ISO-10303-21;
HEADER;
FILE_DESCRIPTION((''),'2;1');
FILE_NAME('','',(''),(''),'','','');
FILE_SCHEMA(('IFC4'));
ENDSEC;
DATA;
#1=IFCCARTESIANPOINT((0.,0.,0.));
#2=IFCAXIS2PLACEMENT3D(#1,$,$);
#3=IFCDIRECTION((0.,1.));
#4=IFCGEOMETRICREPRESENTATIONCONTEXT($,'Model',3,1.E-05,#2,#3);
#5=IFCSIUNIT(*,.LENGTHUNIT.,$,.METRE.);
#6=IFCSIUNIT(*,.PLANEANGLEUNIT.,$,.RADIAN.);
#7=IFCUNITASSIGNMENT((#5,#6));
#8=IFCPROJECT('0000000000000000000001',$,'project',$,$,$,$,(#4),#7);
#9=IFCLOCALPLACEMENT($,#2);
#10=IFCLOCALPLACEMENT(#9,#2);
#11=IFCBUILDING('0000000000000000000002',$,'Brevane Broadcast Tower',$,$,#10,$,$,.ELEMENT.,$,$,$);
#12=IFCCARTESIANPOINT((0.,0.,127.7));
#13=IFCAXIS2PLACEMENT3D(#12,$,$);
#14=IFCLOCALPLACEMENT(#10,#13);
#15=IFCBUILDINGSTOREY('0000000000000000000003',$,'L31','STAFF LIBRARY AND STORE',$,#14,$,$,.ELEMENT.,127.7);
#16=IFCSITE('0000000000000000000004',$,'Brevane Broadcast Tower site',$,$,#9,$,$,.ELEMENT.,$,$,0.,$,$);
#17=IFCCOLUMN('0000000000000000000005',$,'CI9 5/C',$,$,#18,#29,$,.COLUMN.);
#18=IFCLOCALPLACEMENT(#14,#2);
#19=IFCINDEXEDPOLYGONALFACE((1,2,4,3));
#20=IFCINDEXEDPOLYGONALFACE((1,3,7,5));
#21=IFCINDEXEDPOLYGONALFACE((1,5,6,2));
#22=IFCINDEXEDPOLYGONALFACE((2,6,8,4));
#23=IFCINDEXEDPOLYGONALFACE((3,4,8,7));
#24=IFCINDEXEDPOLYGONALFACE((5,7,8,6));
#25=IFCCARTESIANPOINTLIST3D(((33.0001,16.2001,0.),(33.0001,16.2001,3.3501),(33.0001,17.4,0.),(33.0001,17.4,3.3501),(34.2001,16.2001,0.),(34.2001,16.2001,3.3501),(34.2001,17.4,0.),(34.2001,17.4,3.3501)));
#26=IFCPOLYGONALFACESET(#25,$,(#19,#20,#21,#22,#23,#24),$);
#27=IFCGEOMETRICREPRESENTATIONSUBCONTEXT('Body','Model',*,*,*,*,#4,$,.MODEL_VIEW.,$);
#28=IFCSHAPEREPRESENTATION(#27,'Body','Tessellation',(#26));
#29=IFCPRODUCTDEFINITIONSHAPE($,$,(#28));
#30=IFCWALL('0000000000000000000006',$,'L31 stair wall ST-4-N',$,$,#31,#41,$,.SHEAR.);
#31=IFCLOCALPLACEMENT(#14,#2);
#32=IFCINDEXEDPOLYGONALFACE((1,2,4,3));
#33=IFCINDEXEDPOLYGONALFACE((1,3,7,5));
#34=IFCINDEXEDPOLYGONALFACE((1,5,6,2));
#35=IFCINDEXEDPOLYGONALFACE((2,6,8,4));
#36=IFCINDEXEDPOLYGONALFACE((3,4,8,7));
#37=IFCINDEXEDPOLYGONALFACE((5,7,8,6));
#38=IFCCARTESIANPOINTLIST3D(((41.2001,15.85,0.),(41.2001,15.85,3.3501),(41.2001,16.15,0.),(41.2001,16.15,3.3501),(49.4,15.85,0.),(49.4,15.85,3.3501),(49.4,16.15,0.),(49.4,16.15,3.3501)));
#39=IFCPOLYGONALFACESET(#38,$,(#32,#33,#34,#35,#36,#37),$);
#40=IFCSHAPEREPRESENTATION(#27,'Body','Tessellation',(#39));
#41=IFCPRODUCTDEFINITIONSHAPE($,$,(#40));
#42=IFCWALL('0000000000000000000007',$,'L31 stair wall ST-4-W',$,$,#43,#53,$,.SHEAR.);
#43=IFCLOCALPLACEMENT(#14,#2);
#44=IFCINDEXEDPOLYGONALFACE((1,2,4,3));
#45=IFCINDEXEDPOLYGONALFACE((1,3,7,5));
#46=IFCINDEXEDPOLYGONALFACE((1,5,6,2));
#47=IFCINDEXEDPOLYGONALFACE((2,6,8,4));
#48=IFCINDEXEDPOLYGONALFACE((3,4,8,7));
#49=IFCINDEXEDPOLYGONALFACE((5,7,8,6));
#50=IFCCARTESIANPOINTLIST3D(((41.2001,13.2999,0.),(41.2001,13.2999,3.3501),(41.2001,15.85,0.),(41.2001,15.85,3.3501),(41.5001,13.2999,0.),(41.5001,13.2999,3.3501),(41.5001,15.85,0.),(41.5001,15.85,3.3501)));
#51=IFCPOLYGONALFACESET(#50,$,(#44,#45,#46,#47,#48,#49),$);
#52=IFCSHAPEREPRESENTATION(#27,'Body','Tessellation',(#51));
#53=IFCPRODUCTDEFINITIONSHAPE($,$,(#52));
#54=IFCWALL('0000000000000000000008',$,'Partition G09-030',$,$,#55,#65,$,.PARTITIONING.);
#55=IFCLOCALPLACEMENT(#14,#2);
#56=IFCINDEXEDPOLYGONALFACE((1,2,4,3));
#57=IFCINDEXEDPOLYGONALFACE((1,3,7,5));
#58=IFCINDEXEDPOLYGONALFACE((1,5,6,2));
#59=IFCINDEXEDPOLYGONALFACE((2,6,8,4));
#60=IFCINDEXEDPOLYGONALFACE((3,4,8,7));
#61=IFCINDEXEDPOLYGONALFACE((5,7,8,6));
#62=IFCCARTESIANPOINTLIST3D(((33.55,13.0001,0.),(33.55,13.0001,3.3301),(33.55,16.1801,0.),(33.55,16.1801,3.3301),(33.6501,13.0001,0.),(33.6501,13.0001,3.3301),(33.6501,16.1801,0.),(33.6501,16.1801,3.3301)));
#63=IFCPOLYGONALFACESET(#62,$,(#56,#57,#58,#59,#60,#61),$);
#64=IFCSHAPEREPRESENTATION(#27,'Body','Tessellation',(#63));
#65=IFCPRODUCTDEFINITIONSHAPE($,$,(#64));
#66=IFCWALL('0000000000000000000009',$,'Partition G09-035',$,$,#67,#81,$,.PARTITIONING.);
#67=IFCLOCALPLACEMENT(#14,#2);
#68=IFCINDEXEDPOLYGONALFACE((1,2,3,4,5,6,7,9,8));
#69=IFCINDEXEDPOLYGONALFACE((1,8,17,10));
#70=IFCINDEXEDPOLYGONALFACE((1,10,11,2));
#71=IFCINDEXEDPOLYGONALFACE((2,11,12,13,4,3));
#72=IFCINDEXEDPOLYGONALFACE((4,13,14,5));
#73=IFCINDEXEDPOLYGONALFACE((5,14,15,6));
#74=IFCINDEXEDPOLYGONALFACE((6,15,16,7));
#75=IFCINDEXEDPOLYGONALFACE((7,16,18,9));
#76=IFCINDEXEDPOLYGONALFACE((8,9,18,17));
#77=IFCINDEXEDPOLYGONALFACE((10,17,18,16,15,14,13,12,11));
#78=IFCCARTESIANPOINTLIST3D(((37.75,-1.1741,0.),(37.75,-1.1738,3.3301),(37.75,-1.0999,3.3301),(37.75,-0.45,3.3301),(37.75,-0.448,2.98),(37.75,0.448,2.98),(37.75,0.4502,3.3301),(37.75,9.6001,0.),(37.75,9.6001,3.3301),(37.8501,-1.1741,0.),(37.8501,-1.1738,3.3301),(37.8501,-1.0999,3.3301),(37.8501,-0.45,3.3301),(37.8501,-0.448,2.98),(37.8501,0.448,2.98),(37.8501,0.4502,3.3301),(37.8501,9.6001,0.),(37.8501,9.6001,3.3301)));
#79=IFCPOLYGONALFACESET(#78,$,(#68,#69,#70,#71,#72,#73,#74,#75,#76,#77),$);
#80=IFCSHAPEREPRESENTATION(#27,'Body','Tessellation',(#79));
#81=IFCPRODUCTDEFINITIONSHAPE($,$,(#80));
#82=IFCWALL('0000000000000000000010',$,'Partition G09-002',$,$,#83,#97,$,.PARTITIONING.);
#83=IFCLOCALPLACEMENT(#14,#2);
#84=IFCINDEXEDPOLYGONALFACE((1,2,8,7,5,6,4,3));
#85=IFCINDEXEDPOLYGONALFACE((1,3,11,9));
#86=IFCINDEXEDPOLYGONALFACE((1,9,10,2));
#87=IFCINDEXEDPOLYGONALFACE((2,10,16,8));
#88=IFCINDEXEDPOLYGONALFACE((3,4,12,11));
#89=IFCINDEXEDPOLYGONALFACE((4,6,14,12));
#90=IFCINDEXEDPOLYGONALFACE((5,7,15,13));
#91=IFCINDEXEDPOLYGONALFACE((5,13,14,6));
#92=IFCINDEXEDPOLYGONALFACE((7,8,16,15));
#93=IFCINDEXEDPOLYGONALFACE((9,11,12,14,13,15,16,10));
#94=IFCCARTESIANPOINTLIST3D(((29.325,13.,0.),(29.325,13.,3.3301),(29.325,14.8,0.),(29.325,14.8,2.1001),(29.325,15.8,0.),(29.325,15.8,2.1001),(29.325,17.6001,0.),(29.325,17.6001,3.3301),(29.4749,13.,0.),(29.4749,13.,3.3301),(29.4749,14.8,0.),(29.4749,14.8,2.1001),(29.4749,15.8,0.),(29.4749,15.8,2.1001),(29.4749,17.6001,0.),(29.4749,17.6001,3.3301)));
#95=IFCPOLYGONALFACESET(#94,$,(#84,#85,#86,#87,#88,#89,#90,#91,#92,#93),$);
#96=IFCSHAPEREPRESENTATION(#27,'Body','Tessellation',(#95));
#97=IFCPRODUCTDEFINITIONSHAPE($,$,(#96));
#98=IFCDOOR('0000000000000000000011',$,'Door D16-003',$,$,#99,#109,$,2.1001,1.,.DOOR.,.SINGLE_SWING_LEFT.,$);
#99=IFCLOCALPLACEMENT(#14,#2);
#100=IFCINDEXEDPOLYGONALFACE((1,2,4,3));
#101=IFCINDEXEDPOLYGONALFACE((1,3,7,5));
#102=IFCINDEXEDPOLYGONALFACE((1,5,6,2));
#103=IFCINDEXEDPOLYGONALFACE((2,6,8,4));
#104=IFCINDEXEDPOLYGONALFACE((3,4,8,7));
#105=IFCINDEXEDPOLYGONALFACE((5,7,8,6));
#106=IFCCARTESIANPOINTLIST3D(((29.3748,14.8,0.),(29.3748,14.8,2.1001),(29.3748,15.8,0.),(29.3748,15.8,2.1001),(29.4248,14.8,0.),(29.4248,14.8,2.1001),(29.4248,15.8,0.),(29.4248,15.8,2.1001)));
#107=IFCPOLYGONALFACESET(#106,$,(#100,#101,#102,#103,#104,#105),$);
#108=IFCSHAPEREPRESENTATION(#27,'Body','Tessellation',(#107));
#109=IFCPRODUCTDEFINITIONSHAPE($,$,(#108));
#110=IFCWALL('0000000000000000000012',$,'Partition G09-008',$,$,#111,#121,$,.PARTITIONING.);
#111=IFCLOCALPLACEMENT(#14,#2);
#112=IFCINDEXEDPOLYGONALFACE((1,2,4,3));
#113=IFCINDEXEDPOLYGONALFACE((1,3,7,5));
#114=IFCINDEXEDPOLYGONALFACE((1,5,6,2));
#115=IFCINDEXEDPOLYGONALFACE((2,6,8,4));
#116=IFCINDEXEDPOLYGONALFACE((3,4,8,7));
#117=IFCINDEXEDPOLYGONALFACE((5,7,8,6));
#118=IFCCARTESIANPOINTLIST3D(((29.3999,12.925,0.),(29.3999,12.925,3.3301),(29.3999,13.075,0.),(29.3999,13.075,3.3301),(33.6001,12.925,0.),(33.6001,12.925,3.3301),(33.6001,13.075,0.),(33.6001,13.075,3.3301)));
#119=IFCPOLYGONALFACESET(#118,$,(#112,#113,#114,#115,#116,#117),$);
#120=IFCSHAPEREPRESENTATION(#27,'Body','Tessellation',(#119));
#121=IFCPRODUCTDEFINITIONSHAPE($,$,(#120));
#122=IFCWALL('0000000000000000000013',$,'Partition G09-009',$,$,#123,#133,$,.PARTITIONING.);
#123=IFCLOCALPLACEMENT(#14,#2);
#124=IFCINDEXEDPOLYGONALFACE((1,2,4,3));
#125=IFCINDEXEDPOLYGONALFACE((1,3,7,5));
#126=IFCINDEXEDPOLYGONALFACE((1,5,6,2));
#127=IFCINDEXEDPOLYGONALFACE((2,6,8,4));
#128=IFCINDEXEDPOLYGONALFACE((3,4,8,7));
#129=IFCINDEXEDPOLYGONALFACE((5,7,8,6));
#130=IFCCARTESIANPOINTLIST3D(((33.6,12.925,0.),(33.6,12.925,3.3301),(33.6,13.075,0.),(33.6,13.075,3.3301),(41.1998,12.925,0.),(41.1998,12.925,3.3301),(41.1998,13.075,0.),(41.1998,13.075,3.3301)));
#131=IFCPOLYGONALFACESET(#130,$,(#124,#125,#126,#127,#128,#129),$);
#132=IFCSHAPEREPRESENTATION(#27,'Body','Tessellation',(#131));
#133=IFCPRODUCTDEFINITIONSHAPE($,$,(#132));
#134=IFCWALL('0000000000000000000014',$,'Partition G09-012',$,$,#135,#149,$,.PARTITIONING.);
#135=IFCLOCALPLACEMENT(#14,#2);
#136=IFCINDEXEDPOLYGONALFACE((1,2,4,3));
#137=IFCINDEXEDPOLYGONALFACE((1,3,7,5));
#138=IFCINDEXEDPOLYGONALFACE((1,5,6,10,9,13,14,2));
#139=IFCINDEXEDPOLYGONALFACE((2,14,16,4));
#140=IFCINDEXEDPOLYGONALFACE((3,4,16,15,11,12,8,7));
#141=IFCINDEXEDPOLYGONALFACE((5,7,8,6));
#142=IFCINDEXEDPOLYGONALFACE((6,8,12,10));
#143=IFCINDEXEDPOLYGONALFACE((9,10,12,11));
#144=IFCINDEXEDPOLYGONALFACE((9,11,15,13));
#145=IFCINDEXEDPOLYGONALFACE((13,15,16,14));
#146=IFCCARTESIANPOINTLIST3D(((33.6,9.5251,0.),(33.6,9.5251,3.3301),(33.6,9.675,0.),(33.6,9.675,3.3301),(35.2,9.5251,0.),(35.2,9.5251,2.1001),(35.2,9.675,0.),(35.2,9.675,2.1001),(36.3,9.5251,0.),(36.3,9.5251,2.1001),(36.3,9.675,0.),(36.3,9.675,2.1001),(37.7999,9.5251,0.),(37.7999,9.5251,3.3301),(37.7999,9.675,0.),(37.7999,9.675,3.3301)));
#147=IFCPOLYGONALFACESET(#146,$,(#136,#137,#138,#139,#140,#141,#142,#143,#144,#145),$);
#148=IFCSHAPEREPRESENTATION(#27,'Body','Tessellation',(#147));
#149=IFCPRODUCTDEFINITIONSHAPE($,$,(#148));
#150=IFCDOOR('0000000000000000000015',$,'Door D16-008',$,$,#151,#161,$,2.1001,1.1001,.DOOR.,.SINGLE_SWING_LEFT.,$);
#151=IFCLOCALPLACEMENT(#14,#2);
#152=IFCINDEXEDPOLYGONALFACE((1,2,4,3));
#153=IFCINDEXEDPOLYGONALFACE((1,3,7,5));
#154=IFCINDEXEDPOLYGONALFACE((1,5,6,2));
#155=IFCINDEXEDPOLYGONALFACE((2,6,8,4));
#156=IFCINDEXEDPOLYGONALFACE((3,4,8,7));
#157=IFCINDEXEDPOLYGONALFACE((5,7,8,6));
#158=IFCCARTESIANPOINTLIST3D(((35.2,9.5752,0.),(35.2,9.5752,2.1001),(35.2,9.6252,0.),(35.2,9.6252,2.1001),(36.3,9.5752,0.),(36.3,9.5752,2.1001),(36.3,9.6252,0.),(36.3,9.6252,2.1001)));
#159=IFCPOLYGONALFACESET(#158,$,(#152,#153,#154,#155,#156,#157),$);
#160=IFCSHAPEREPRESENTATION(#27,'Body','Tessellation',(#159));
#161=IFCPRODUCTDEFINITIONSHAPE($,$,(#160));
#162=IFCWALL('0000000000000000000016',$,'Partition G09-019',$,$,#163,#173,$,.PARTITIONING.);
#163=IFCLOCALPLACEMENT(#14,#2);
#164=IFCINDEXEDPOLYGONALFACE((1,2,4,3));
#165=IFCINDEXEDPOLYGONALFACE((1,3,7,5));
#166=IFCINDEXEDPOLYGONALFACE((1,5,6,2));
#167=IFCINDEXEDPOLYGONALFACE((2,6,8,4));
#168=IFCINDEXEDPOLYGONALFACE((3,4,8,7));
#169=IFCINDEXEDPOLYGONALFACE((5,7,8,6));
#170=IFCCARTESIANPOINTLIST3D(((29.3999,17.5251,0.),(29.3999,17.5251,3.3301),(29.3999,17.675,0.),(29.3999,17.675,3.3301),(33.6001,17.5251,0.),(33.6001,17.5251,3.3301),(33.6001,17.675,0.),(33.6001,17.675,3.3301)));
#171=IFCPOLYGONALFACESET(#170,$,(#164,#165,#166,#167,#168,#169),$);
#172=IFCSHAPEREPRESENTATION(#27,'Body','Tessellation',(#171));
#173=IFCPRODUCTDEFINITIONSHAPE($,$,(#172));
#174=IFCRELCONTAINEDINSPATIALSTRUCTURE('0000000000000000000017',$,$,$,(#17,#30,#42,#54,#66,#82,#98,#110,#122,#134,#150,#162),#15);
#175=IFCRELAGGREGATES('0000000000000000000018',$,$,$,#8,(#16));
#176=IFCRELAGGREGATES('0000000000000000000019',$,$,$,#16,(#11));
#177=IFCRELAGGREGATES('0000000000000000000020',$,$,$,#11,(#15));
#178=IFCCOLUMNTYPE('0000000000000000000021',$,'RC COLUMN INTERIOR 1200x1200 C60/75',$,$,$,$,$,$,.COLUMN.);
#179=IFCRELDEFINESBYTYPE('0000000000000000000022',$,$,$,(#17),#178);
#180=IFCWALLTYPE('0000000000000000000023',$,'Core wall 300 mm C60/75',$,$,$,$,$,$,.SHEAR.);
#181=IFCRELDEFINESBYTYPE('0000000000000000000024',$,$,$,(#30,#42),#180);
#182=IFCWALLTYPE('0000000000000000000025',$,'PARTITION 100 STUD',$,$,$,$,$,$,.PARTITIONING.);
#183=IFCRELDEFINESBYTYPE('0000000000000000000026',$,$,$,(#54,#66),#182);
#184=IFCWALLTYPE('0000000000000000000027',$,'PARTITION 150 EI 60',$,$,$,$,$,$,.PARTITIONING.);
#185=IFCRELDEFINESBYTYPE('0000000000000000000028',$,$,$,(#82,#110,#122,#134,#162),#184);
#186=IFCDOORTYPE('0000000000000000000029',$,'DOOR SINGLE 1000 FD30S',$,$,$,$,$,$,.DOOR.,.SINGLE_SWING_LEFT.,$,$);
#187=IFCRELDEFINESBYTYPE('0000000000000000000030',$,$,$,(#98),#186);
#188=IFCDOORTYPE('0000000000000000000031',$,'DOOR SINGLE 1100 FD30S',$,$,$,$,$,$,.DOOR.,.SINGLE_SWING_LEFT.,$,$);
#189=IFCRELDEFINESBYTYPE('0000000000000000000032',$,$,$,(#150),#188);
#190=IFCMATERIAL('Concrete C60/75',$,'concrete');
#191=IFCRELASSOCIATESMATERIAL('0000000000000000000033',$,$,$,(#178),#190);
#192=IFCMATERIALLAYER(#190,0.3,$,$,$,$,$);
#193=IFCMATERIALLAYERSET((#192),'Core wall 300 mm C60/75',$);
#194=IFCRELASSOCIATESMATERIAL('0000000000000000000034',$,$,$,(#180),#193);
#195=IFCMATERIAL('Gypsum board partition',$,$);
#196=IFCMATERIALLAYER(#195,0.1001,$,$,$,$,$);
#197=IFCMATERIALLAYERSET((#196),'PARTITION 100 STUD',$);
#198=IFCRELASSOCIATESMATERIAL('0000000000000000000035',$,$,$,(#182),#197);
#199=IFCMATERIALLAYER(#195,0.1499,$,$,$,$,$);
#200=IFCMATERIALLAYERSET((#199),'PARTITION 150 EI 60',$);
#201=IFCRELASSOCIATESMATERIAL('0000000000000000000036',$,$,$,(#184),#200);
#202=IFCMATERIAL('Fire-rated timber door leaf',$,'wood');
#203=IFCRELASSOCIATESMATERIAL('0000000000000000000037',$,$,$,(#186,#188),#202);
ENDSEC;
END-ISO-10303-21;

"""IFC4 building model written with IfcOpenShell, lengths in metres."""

from ifc_helpers import new_model, si_unit, direction, frame, frame_2d, origin, origin_2d, place, context, subcontext, project, spatial, polyline, rectangle, outline, extrude, material, layer, layer_set, material_profile, profile_set, type_object, element, fill, save


model = new_model("IFC4")

# Units and contexts
model_context = context("Model", 3, precision=1e-05, world=origin(), true_north=direction((0.0, 1.0)))
body_context = subcontext(model_context, "Body", "Model", "MODEL_VIEW")
ifc_project = project(units=[si_unit("LENGTHUNIT", "METRE"), si_unit("PLANEANGLEUNIT", "RADIAN")], contexts=[model_context])

# Site, building, storey
site_placement = place(None, origin())
site = spatial("IfcSite", under=ifc_project, at=site_placement, Name="Brevane Broadcast Tower site", CompositionType="ELEMENT", RefElevation=0.0)
building_placement = place(site_placement, origin())
building = spatial("IfcBuilding", under=site, at=building_placement, Name="Brevane Broadcast Tower", CompositionType="ELEMENT")
storey_placement = place(building_placement, frame((0.0, 0.0, 127.7)))
storey = spatial("IfcBuildingStorey", under=building, at=storey_placement, Name="L31", Description="STAFF LIBRARY AND STORE", CompositionType="ELEMENT", Elevation=127.7)

# Column
ifc_material_1 = material(Name="Concrete C60/75", Category="concrete")
ifc_material_profile = material_profile(ifc_material_1, rectangle(XDim=1.2, YDim=1.2, at=origin_2d()), Name="RC 1200x1200")
ifc_profile_set = profile_set([ifc_material_profile], Name="Concrete C60/75")
column_type = type_object("IfcColumnType", Name="RC COLUMN INTERIOR 1200x1200 C60/75", PredefinedType="COLUMN", material=ifc_profile_set)
column_placement = place(storey_placement, frame((33.6001, 16.8, 0.0), z_axis=(0.0, 0.0, 1.0), x_axis=(1.0, 0.0, 0.0)))
element("IfcColumn", 1, at=column_placement, inside=storey, type_object=column_type, Name="CI9 5/C", PredefinedType="COLUMN", context=body_context, shape_type="SweptSolid", body=[
    extrude(rectangle(XDim=1.2, YDim=1.2, at=origin_2d()), origin(), (0.0, 0.0, 1.0), 3.3501),
])

# Walls
ifc_layer_1 = layer(ifc_material_1, 0.3)
ifc_layer_set_1 = layer_set([ifc_layer_1], Name="Core wall 300 mm C60/75")
wall_type_1 = type_object("IfcWallType", Name="Core wall 300 mm C60/75", PredefinedType="SHEAR", material=ifc_layer_set_1)
wall_1_placement = place(storey_placement, frame((41.2, 16.0, 0.0), z_axis=(0.0, 0.0, 1.0), x_axis=(1.0, 0.0, 0.0)))
element("IfcWall", 2, at=wall_1_placement, inside=storey, type_object=wall_type_1, Name="L31 stair wall ST-4-N", PredefinedType="SHEAR", context=body_context, shape_type="SweptSolid", body=[
    extrude(rectangle(XDim=8.2, YDim=0.3, at=frame_2d((4.1001, 0.0))), origin(), (0.0, 0.0, 1.0), 3.3501),
])
wall_2_placement = place(storey_placement, frame((41.3501, 13.3, 0.0), z_axis=(0.0, 0.0, 1.0), x_axis=(0.0, 1.0, 0.0)))
element("IfcWall", 3, at=wall_2_placement, inside=storey, type_object=wall_type_1, Name="L31 stair wall ST-4-W", PredefinedType="SHEAR", context=body_context, shape_type="SweptSolid", body=[
    extrude(rectangle(XDim=2.55, YDim=0.3, at=frame_2d((1.2749, 0.0))), origin(), (0.0, 0.0, 1.0), 3.3501),
])
ifc_material_2 = material(Name="Gypsum board partition")
ifc_layer_2 = layer(ifc_material_2, 0.1001)
ifc_layer_set_2 = layer_set([ifc_layer_2], Name="PARTITION 100 STUD")
wall_type_2 = type_object("IfcWallType", Name="PARTITION 100 STUD", PredefinedType="PARTITIONING", material=ifc_layer_set_2)
wall_3_placement = place(storey_placement, frame((33.6001, 16.1799, 0.0), z_axis=(0.0, 0.0, 1.0), x_axis=(0.0, -1.0, 0.0)))
element("IfcWall", 4, at=wall_3_placement, inside=storey, type_object=wall_type_2, Name="Partition G09-030", PredefinedType="PARTITIONING", context=body_context, shape_type="SweptSolid", body=[
    extrude(rectangle(XDim=3.1799, YDim=0.1001, at=frame_2d((1.5898, 0.0))), origin(), (0.0, 0.0, 1.0), 3.3301),
])
wall_4_placement = place(storey_placement, frame((37.8, 9.6001, 0.0), z_axis=(0.0, 0.0, 1.0), x_axis=(0.0, -1.0, 0.0)))
element("IfcWall", 5, at=wall_4_placement, inside=storey, type_object=wall_type_2, Name="Partition G09-035", PredefinedType="PARTITIONING", context=body_context, shape_type="SweptSolid", body=[
    extrude(outline(polyline([(0.0, 0.0), (10.7742, 0.0), (10.7739, 3.3301), (10.7, 3.3301), (10.05, 3.3301), (10.0481, 2.98), (9.1521, 2.98), (9.1499, 3.3301), (0.0, 3.3301), (0.0, 0.0)])), frame((0.0, 0.05, 0.0), z_axis=(0.0, -1.0, 0.0), x_axis=(1.0, 0.0, 0.0)), (0.0, 0.0, 1.0), 0.1001),
])

# Wall, opening, door
ifc_layer_3 = layer(ifc_material_2, 0.1499)
ifc_layer_set_3 = layer_set([ifc_layer_3], Name="PARTITION 150 EI 60")
wall_type_3 = type_object("IfcWallType", Name="PARTITION 150 EI 60", PredefinedType="PARTITIONING", material=ifc_layer_set_3)
wall_5_placement = place(storey_placement, frame((29.3999, 17.6001, 0.0), z_axis=(0.0, 0.0, 1.0), x_axis=(0.0, -1.0, 0.0)))
wall_5 = element("IfcWall", 6, at=wall_5_placement, inside=storey, type_object=wall_type_3, Name="Partition G09-002", PredefinedType="PARTITIONING", context=body_context, shape_type="SweptSolid", body=[
    extrude(rectangle(XDim=4.6001, YDim=0.1499, at=frame_2d((2.3, 0.0))), origin(), (0.0, 0.0, 1.0), 3.3301),
])
opening_1_placement = place(wall_5_placement, frame((1.8, 0.0, 0.0)))
opening_1 = element("IfcOpeningElement", 7, at=opening_1_placement, cuts=wall_5, PredefinedType="OPENING", context=body_context, shape_type="SweptSolid", body=[
    extrude(rectangle(XDim=1.0, YDim=2.1001, at=frame_2d((0.5, 1.05))), frame((0.0, 0.085, 0.0), z_axis=(0.0, -1.0, 0.0), x_axis=(1.0, 0.0, 0.0)), (0.0, 0.0, 1.0), 0.1699),
])
ifc_material_3 = material(Name="Fire-rated timber door leaf", Category="wood")
door_type_1 = type_object("IfcDoorType", Name="DOOR SINGLE 1000 FD30S", OperationType="SINGLE_SWING_LEFT", PredefinedType="DOOR", material=ifc_material_3)
door_1_placement = place(opening_1_placement, origin())
door_1 = element("IfcDoor", 8, at=door_1_placement, inside=storey, type_object=door_type_1, Name="Door D16-003", OperationType="SINGLE_SWING_LEFT", OverallHeight=2.1001, OverallWidth=1.0, PredefinedType="DOOR", context=body_context, shape_type="SweptSolid", body=[
    extrude(rectangle(XDim=1.0, YDim=2.1001, at=frame_2d((0.5, 1.05))), frame((0.0, 0.0249, 0.0), z_axis=(0.0, -1.0, 0.0), x_axis=(1.0, 0.0, 0.0)), (0.0, 0.0, 1.0), 0.05),
])
fill(opening_1, door_1)

# Walls
wall_6_placement = place(storey_placement, frame((29.3999, 13.0, 0.0), z_axis=(0.0, 0.0, 1.0), x_axis=(1.0, 0.0, 0.0)))
element("IfcWall", 9, at=wall_6_placement, inside=storey, type_object=wall_type_3, Name="Partition G09-008", PredefinedType="PARTITIONING", context=body_context, shape_type="SweptSolid", body=[
    extrude(rectangle(XDim=4.2002, YDim=0.1499, at=frame_2d((2.1001, 0.0))), origin(), (0.0, 0.0, 1.0), 3.3301),
])
wall_7_placement = place(storey_placement, frame((33.6001, 13.0, 0.0), z_axis=(0.0, 0.0, 1.0), x_axis=(1.0, 0.0, 0.0)))
element("IfcWall", 10, at=wall_7_placement, inside=storey, type_object=wall_type_3, Name="Partition G09-009", PredefinedType="PARTITIONING", context=body_context, shape_type="SweptSolid", body=[
    extrude(rectangle(XDim=7.5999, YDim=0.1499, at=frame_2d((3.7998, 0.0))), origin(), (0.0, 0.0, 1.0), 3.3301),
])

# Wall, opening, door
wall_8_placement = place(storey_placement, frame((37.8, 9.6001, 0.0), z_axis=(0.0, 0.0, 1.0), x_axis=(-1.0, 0.0, 0.0)))
wall_8 = element("IfcWall", 11, at=wall_8_placement, inside=storey, type_object=wall_type_3, Name="Partition G09-012", PredefinedType="PARTITIONING", context=body_context, shape_type="SweptSolid", body=[
    extrude(rectangle(XDim=4.2, YDim=0.1499, at=frame_2d((2.1001, 0.0))), origin(), (0.0, 0.0, 1.0), 3.3301),
])
opening_2_placement = place(wall_8_placement, frame((1.5, 0.0, 0.0)))
opening_2 = element("IfcOpeningElement", 12, at=opening_2_placement, cuts=wall_8, PredefinedType="OPENING", context=body_context, shape_type="SweptSolid", body=[
    extrude(rectangle(XDim=1.1001, YDim=2.1001, at=frame_2d((0.55, 1.05))), frame((0.0, 0.085, 0.0), z_axis=(0.0, -1.0, 0.0), x_axis=(1.0, 0.0, 0.0)), (0.0, 0.0, 1.0), 0.1699),
])
door_type_2 = type_object("IfcDoorType", Name="DOOR SINGLE 1100 FD30S", OperationType="SINGLE_SWING_LEFT", PredefinedType="DOOR", material=ifc_material_3)
door_2_placement = place(opening_2_placement, origin())
door_2 = element("IfcDoor", 13, at=door_2_placement, inside=storey, type_object=door_type_2, Name="Door D16-008", OperationType="SINGLE_SWING_LEFT", OverallHeight=2.1001, OverallWidth=1.1001, PredefinedType="DOOR", context=body_context, shape_type="SweptSolid", body=[
    extrude(rectangle(XDim=1.1001, YDim=2.1001, at=frame_2d((0.55, 1.05))), frame((0.0, 0.0249, 0.0), z_axis=(0.0, -1.0, 0.0), x_axis=(1.0, 0.0, 0.0)), (0.0, 0.0, 1.0), 0.05),
])
fill(opening_2, door_2)

# Wall
wall_9_placement = place(storey_placement, frame((33.6001, 17.6001, 0.0), z_axis=(0.0, 0.0, 1.0), x_axis=(-1.0, 0.0, 0.0)))
element("IfcWall", 14, at=wall_9_placement, inside=storey, type_object=wall_type_3, Name="Partition G09-019", PredefinedType="PARTITIONING", context=body_context, shape_type="SweptSolid", body=[
    extrude(rectangle(XDim=4.2002, YDim=0.1499, at=frame_2d((2.1001, 0.0))), origin(), (0.0, 0.0, 1.0), 3.3301),
])

save(model, "model.ifc")
